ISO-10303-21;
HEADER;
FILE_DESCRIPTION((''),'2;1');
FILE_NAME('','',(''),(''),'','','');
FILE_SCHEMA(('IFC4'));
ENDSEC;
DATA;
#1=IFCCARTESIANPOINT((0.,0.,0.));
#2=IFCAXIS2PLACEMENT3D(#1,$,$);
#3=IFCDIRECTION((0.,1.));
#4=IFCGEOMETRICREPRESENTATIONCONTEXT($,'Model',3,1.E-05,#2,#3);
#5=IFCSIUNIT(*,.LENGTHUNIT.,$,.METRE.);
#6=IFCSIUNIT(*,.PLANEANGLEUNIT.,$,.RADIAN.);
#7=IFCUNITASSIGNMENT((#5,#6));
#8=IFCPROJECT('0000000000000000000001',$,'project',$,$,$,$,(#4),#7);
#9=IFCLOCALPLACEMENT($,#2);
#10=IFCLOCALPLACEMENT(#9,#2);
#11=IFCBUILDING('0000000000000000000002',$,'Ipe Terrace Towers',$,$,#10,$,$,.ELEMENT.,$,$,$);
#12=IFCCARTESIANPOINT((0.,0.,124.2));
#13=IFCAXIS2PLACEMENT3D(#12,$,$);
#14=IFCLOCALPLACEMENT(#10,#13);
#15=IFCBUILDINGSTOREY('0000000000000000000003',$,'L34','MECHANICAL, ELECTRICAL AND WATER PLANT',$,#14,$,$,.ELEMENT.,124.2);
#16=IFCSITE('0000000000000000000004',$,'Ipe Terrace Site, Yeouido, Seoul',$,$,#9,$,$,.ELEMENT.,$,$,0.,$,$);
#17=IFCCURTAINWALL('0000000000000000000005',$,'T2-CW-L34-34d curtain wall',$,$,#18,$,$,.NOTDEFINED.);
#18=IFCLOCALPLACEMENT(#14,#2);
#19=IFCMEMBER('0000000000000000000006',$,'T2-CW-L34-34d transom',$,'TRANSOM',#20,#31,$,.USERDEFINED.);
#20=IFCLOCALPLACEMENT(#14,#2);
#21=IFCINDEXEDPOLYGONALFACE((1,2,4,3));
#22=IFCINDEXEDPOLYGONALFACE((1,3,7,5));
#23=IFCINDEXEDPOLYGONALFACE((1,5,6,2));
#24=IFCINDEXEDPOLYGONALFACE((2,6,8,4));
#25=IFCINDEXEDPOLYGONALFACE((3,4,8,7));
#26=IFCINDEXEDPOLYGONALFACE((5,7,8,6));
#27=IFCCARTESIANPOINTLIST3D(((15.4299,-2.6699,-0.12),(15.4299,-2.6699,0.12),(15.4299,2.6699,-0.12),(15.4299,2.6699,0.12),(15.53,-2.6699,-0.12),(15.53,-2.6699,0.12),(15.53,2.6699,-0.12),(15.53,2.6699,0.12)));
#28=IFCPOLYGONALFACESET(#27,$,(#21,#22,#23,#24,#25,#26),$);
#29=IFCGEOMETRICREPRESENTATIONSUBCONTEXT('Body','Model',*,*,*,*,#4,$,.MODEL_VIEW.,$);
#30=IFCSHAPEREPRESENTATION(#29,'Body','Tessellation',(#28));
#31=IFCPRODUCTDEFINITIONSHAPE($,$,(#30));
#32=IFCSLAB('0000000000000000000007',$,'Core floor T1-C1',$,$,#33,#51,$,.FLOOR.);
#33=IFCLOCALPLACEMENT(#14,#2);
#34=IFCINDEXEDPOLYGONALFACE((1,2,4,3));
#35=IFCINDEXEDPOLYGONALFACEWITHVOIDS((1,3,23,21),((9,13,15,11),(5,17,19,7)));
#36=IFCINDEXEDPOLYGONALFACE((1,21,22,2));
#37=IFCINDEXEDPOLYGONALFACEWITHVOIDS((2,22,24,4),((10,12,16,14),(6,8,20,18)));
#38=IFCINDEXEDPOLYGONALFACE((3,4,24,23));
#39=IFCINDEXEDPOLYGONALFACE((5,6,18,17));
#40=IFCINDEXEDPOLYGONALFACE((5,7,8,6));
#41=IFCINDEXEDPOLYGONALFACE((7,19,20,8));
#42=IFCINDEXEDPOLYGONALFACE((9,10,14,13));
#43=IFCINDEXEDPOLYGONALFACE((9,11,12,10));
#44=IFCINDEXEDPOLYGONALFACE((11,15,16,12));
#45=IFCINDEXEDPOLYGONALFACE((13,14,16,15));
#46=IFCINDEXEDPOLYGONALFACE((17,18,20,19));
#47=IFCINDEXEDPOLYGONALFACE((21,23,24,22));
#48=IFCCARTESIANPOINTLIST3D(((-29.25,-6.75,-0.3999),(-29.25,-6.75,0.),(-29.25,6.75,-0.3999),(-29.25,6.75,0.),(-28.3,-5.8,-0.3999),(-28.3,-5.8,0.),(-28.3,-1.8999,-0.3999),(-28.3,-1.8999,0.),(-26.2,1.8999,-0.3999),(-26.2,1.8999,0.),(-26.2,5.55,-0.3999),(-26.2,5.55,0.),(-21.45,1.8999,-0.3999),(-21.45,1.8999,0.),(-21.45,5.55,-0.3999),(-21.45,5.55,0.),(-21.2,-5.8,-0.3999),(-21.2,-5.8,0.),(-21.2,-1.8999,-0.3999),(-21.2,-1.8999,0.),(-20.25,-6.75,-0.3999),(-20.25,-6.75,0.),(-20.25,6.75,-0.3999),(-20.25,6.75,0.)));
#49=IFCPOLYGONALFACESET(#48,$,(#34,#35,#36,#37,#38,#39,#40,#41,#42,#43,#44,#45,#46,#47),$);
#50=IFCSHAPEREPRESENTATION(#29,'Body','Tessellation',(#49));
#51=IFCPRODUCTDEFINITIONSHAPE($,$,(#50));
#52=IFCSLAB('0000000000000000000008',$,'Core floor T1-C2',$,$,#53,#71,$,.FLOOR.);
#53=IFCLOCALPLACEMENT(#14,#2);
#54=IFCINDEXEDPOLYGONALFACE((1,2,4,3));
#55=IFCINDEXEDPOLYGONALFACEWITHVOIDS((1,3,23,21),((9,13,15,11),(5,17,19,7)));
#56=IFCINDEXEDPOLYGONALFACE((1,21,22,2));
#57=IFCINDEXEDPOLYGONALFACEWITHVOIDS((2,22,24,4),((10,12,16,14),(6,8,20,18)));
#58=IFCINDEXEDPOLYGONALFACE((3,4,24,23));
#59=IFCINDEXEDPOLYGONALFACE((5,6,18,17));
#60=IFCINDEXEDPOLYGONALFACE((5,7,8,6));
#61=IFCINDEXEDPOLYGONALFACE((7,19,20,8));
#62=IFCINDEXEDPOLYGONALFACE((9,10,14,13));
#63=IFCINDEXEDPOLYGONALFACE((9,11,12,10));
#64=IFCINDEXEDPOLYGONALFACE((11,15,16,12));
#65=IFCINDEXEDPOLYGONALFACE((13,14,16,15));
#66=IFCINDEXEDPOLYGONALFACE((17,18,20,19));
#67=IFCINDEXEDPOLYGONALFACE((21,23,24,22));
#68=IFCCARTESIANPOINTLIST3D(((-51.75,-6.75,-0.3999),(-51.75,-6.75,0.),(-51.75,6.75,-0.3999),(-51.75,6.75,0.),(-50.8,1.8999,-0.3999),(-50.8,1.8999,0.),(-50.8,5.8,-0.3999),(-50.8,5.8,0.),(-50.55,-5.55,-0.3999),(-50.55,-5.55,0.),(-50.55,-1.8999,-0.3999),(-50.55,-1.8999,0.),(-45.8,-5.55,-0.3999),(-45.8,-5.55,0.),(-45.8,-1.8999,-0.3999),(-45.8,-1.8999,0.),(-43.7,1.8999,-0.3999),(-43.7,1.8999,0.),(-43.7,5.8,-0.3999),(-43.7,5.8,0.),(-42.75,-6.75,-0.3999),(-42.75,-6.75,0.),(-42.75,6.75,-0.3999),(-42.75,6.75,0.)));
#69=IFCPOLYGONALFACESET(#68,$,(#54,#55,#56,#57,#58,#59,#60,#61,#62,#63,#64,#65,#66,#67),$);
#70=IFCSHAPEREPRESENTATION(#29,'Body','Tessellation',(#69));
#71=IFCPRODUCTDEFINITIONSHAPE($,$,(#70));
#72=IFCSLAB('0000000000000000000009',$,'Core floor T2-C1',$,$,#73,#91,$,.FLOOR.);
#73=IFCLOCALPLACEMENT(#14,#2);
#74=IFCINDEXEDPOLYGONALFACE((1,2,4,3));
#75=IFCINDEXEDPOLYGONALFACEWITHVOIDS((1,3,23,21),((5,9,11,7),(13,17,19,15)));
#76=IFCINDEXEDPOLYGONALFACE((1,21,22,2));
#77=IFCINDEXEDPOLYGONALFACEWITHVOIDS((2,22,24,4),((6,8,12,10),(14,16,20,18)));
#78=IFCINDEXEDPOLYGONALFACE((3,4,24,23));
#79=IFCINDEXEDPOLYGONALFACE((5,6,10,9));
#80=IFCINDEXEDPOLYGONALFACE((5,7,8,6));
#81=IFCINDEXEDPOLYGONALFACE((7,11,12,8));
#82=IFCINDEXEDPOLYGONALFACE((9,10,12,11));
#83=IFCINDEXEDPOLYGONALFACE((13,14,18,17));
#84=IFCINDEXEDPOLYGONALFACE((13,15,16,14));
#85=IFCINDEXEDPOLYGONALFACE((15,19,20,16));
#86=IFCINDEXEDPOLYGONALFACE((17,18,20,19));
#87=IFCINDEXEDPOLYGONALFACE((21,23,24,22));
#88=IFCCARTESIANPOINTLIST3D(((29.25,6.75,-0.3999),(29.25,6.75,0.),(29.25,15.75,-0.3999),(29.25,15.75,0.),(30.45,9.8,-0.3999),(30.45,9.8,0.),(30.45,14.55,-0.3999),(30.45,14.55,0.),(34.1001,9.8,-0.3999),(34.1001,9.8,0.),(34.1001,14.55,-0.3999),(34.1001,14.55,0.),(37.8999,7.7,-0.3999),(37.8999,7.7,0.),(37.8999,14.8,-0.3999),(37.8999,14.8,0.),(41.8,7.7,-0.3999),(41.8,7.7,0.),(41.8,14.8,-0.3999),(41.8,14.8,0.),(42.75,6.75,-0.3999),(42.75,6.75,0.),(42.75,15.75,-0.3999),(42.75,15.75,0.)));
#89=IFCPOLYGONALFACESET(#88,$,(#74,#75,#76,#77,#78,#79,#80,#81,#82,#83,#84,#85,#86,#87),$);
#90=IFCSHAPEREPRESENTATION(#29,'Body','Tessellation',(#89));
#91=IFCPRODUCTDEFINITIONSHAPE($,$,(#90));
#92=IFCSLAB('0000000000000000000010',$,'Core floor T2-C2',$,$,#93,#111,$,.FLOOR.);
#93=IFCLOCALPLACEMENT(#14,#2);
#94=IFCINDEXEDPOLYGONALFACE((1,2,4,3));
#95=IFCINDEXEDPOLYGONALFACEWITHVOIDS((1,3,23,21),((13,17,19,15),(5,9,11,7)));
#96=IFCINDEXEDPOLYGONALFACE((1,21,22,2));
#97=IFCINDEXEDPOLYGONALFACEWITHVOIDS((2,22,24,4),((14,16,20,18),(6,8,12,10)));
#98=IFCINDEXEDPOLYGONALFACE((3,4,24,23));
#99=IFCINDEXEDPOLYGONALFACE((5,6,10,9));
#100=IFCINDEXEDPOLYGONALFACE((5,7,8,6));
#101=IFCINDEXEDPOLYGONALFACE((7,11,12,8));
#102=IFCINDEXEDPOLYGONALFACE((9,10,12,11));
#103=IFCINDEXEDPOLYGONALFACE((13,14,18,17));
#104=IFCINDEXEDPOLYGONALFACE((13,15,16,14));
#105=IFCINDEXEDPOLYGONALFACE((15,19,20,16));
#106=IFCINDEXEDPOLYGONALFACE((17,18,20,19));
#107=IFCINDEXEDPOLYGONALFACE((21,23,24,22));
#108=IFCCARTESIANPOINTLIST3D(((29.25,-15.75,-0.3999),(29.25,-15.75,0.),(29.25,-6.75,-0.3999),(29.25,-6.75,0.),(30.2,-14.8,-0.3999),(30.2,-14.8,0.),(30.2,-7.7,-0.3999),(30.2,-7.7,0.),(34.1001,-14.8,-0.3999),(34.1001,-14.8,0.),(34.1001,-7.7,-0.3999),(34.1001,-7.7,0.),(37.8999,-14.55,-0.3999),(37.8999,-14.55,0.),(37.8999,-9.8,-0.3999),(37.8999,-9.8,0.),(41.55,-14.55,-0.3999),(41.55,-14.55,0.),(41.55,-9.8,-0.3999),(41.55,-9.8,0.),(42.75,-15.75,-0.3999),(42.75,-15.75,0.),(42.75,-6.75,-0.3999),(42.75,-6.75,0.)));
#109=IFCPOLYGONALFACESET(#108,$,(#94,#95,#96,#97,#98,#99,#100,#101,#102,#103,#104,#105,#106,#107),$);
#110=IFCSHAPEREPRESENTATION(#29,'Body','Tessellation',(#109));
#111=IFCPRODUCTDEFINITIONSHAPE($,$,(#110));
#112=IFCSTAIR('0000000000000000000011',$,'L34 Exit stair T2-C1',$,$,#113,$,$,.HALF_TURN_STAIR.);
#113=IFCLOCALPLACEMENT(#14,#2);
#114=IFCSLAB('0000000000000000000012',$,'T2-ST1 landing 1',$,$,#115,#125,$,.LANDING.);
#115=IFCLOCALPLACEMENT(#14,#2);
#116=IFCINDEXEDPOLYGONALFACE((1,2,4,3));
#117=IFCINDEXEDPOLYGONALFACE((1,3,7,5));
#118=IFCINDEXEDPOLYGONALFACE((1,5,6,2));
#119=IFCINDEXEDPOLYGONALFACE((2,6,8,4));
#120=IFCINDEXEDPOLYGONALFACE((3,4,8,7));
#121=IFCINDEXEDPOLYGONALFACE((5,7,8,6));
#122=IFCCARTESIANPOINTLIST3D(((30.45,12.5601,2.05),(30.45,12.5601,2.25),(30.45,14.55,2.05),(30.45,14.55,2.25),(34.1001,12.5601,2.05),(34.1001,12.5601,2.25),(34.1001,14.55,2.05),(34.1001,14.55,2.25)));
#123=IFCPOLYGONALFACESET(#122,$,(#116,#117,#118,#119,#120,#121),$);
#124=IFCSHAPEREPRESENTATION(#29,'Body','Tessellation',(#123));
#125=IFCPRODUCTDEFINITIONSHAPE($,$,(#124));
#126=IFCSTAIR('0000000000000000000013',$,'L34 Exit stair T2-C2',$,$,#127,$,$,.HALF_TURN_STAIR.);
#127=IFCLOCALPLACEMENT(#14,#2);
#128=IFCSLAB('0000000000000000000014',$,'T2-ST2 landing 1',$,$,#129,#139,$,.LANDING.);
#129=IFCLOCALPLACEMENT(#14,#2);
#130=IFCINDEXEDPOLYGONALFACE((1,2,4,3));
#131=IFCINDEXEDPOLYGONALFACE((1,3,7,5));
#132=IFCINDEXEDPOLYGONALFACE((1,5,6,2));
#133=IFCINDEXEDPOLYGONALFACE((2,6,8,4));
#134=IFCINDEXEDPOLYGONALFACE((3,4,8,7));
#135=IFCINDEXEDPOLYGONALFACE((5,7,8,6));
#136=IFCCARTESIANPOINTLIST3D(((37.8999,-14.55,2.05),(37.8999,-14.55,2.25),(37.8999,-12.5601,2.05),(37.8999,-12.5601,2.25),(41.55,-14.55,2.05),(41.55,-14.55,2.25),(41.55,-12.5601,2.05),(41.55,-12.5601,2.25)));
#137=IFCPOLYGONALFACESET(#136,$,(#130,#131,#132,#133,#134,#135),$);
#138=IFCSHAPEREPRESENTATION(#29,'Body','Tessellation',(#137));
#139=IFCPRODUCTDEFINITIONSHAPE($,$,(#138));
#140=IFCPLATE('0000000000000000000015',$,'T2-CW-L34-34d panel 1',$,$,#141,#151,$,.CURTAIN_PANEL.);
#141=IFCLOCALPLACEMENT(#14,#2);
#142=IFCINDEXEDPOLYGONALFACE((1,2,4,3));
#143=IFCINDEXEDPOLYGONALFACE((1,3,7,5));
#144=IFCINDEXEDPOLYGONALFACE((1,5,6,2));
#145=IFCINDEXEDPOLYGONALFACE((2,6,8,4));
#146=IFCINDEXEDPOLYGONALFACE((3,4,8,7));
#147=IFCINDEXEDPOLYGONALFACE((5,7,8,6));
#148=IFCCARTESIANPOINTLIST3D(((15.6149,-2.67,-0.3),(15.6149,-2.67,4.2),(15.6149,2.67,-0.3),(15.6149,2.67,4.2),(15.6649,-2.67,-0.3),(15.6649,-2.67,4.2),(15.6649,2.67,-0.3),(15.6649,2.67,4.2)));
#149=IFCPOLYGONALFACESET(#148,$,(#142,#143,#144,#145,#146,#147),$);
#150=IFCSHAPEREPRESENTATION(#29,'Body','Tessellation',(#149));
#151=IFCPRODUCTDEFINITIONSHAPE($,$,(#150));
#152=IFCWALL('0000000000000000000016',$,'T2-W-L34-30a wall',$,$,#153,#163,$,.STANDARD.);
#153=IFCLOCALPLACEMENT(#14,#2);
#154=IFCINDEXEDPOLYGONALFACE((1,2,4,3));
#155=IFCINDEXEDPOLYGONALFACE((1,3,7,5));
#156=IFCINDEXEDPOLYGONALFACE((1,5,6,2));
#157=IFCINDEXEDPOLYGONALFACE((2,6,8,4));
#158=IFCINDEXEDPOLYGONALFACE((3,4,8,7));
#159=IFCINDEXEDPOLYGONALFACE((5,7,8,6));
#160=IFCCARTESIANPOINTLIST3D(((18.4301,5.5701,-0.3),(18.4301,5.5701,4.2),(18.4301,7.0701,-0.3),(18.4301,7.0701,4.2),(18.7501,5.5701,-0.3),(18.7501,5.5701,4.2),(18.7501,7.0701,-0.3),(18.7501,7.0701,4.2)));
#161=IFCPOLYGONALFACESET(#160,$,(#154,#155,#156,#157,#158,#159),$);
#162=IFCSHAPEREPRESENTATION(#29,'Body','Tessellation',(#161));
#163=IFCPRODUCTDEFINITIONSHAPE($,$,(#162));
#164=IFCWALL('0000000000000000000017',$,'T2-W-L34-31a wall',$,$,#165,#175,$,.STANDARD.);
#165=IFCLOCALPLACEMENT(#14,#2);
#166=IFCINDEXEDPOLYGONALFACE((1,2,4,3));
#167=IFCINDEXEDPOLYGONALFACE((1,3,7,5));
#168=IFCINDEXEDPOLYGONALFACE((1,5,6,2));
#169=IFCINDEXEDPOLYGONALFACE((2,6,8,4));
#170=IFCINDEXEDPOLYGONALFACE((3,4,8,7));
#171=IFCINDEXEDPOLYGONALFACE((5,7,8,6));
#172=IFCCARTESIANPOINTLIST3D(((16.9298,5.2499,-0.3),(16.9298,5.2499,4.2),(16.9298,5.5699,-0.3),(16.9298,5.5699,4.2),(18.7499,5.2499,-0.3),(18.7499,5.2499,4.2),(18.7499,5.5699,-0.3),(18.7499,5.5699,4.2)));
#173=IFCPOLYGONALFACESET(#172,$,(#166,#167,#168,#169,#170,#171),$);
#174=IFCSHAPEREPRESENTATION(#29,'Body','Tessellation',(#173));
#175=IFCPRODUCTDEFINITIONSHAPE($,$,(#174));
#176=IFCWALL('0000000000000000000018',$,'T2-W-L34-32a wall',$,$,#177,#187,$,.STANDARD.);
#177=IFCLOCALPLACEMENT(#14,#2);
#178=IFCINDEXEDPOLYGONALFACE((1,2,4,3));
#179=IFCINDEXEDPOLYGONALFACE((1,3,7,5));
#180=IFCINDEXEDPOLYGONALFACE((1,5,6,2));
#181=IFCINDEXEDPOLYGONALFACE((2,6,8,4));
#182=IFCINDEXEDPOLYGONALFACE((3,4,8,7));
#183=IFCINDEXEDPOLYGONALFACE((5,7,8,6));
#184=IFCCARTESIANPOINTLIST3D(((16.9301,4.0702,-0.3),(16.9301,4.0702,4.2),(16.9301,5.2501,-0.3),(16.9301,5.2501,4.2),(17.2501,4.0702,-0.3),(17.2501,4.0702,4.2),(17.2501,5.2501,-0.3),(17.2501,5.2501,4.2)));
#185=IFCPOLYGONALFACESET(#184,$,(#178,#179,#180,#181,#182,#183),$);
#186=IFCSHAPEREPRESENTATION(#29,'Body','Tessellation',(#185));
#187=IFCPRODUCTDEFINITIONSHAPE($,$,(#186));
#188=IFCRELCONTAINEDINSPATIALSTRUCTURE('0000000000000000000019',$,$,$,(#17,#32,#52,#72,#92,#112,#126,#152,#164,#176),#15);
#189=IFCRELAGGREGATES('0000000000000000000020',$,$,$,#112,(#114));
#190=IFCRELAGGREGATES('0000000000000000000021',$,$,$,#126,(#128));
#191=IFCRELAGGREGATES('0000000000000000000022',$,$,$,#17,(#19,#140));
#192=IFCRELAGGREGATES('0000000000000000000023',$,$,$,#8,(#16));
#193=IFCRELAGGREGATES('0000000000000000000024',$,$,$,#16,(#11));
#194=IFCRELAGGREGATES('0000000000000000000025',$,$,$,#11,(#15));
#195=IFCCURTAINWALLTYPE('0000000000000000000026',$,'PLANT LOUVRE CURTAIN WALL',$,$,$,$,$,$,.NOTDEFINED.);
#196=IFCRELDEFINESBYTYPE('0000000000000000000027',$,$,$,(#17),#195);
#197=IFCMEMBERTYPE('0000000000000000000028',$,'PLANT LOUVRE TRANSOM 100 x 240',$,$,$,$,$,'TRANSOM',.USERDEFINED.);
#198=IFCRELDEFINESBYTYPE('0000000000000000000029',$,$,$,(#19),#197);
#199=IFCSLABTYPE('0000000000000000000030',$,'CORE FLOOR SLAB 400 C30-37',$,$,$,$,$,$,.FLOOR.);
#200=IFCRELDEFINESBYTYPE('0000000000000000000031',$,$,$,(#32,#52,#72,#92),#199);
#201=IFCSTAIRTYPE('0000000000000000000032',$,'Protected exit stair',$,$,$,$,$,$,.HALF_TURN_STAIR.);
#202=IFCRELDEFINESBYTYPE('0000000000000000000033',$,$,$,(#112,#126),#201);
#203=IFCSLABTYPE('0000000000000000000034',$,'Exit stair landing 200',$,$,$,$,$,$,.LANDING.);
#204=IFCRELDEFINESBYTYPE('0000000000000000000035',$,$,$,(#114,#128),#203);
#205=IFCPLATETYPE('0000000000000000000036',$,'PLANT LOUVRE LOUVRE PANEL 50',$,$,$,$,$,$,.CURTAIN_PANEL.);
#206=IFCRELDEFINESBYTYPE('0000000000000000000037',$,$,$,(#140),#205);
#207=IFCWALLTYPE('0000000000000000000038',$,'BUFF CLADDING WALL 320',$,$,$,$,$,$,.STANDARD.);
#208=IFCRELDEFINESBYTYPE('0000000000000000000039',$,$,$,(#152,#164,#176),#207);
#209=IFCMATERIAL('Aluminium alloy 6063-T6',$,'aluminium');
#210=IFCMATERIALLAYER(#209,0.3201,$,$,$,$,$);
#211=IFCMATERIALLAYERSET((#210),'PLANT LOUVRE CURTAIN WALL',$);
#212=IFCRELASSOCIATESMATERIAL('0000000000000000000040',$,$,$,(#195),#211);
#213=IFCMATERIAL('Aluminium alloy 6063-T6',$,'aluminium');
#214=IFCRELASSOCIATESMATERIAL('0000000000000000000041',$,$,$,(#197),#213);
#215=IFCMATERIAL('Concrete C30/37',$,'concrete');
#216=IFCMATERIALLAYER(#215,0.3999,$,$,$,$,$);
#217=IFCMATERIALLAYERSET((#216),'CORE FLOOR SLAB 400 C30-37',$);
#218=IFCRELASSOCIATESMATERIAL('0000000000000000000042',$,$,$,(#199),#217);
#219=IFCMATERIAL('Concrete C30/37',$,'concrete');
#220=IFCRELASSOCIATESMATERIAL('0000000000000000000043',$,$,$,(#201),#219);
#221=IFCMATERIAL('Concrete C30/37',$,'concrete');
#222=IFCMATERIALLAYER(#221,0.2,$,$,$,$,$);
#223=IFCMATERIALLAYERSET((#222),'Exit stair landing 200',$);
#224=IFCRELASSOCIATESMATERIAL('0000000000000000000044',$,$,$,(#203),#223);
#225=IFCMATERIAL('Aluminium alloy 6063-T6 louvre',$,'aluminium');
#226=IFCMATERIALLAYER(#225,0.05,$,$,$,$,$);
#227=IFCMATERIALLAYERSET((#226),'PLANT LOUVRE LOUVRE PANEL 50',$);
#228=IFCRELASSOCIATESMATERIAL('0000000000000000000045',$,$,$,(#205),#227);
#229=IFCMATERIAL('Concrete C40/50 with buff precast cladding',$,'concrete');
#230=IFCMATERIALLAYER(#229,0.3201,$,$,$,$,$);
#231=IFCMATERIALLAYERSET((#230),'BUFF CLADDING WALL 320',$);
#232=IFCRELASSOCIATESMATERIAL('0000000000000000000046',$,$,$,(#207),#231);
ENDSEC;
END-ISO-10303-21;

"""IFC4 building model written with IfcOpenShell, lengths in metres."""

from ifc_helpers import new_model, si_unit, direction, frame, frame_2d, origin, origin_2d, place, context, subcontext, project, spatial, polyline, rectangle, outline, extrude, material, layer, layer_set, material_profile, profile_set, type_object, element, aggregate, save


model = new_model("IFC4")

# Units and contexts
model_context = context("Model", 3, precision=1e-05, world=origin(), true_north=direction((0.0, 1.0)))
body_context = subcontext(model_context, "Body", "Model", "MODEL_VIEW")
ifc_project = project(units=[si_unit("LENGTHUNIT", "METRE"), si_unit("PLANEANGLEUNIT", "RADIAN")], contexts=[model_context])

# Site, building, storey
site_placement = place(None, origin())
site = spatial("IfcSite", under=ifc_project, at=site_placement, Name="Ipe Terrace Site, Yeouido, Seoul", CompositionType="ELEMENT", RefElevation=0.0)
building_placement = place(site_placement, origin())
building = spatial("IfcBuilding", under=site, at=building_placement, Name="Ipe Terrace Towers", CompositionType="ELEMENT")
storey_placement = place(building_placement, frame((0.0, 0.0, 124.2)))
storey = spatial("IfcBuildingStorey", under=building, at=storey_placement, Name="L34", Description="MECHANICAL, ELECTRICAL AND WATER PLANT", CompositionType="ELEMENT", Elevation=124.2)

# Shared definitions
ifc_material_1 = material(Name="Aluminium alloy 6063-T6", Category="aluminium")
ifc_layer_1 = layer(ifc_material_1, 0.3201)
ifc_layer_set_1 = layer_set([ifc_layer_1], Name="PLANT LOUVRE CURTAIN WALL")
curtain_wall_type = type_object("IfcCurtainWallType", Name="PLANT LOUVRE CURTAIN WALL", PredefinedType="NOTDEFINED", material=ifc_layer_set_1)

# Curtain wall, member
curtain_wall_1_placement = place(storey_placement, origin())
curtain_wall_1 = element("IfcCurtainWall", 1, at=curtain_wall_1_placement, inside=storey, type_object=curtain_wall_type, Name="T2-CW-L34-34d curtain wall", PredefinedType="NOTDEFINED")
ifc_material_2 = material(Name="Aluminium alloy 6063-T6", Category="aluminium")
ifc_material_profile_1 = material_profile(ifc_material_2, rectangle(XDim=0.1001, YDim=0.24, at=origin_2d()), Name="PLANT LOUVRE TRANSOM 100 x 240")
ifc_profile_set_1 = profile_set([ifc_material_profile_1], Name="Aluminium alloy 6063-T6")
member_type_1 = type_object("IfcMemberType", Name="PLANT LOUVRE TRANSOM 100 x 240", ElementType="TRANSOM", PredefinedType="USERDEFINED", material=ifc_profile_set_1)
member_1_placement = place(storey_placement, frame((15.48, 2.6699, 0.0), z_axis=(0.0, -1.0, 0.0), x_axis=(-1.0, 0.0, 0.0)))
member_1 = element("IfcMember", 2, at=member_1_placement, type_object=member_type_1, Name="T2-CW-L34-34d transom", ObjectType="TRANSOM", PredefinedType="USERDEFINED", context=body_context, shape_type="SweptSolid", body=[
    extrude(rectangle(XDim=0.1001, YDim=0.24, at=origin_2d()), origin(), (0.0, 0.0, 1.0), 5.3398),
])

# Slabs
ifc_material_3 = material(Name="Concrete C30/37", Category="concrete")
ifc_layer_2 = layer(ifc_material_3, 0.3999)
ifc_layer_set_2 = layer_set([ifc_layer_2], Name="CORE FLOOR SLAB 400 C30-37")
slab_type_1 = type_object("IfcSlabType", Name="CORE FLOOR SLAB 400 C30-37", PredefinedType="FLOOR", material=ifc_layer_set_2)
slab_1_placement = place(storey_placement, frame((0.0, 0.0, -0.3999)))
element("IfcSlab", 3, at=slab_1_placement, inside=storey, type_object=slab_type_1, Name="Core floor T1-C1", PredefinedType="FLOOR", context=body_context, shape_type="SweptSolid", body=[
    extrude(outline(polyline([(-29.25, -6.75), (-29.25, 6.75), (-20.25, 6.75), (-20.25, -6.75), (-29.25, -6.75)]), holes=[polyline([(-28.3, -5.8), (-21.2, -5.8), (-21.2, -1.8999), (-28.3, -1.8999), (-28.3, -5.8)]), polyline([(-26.2, 5.55), (-26.2, 1.8999), (-21.45, 1.8999), (-21.45, 5.55), (-26.2, 5.55)])]), origin(), (0.0, 0.0, 1.0), 0.3999),
])
slab_2_placement = place(storey_placement, frame((0.0, 0.0, -0.3999)))
element("IfcSlab", 4, at=slab_2_placement, inside=storey, type_object=slab_type_1, Name="Core floor T1-C2", PredefinedType="FLOOR", context=body_context, shape_type="SweptSolid", body=[
    extrude(outline(polyline([(-51.75, -6.75), (-51.75, 6.75), (-42.75, 6.75), (-42.75, -6.75), (-51.75, -6.75)]), holes=[polyline([(-45.8, -5.55), (-45.8, -1.8999), (-50.55, -1.8999), (-50.55, -5.55), (-45.8, -5.55)]), polyline([(-50.8, 1.8999), (-43.7, 1.8999), (-43.7, 5.8), (-50.8, 5.8), (-50.8, 1.8999)])]), origin(), (0.0, 0.0, 1.0), 0.3999),
])
slab_3_placement = place(storey_placement, frame((0.0, 0.0, -0.3999)))
element("IfcSlab", 5, at=slab_3_placement, inside=storey, type_object=slab_type_1, Name="Core floor T2-C1", PredefinedType="FLOOR", context=body_context, shape_type="SweptSolid", body=[
    extrude(outline(polyline([(29.25, 6.75), (29.25, 15.75), (42.75, 15.75), (42.75, 6.75), (29.25, 6.75)]), holes=[polyline([(41.8, 7.7), (41.8, 14.8), (37.8999, 14.8), (37.8999, 7.7), (41.8, 7.7)]), polyline([(30.45, 9.8), (34.1001, 9.8), (34.1001, 14.55), (30.45, 14.55), (30.45, 9.8)])]), origin(), (0.0, 0.0, 1.0), 0.3999),
])
slab_4_placement = place(storey_placement, frame((0.0, 0.0, -0.3999)))
element("IfcSlab", 6, at=slab_4_placement, inside=storey, type_object=slab_type_1, Name="Core floor T2-C2", PredefinedType="FLOOR", context=body_context, shape_type="SweptSolid", body=[
    extrude(outline(polyline([(29.25, -15.75), (29.25, -6.75), (42.75, -6.75), (42.75, -15.75), (29.25, -15.75)]), holes=[polyline([(34.1001, -14.8), (34.1001, -7.7), (30.2, -7.7), (30.2, -14.8), (34.1001, -14.8)]), polyline([(41.55, -9.8), (37.8999, -9.8), (37.8999, -14.55), (41.55, -14.55), (41.55, -9.8)])]), origin(), (0.0, 0.0, 1.0), 0.3999),
])

# Stairs, slabs
ifc_material_4 = material(Name="Concrete C30/37", Category="concrete")
stair_type = type_object("IfcStairType", Name="Protected exit stair", PredefinedType="HALF_TURN_STAIR", material=ifc_material_4)
stair_1_placement = place(storey_placement, origin())
stair_1 = element("IfcStair", 7, at=stair_1_placement, inside=storey, type_object=stair_type, Name="L34 Exit stair T2-C1", PredefinedType="HALF_TURN_STAIR")
ifc_material_5 = material(Name="Concrete C30/37", Category="concrete")
ifc_layer_3 = layer(ifc_material_5, 0.2)
ifc_layer_set_3 = layer_set([ifc_layer_3], Name="Exit stair landing 200")
slab_type_2 = type_object("IfcSlabType", Name="Exit stair landing 200", PredefinedType="LANDING", material=ifc_layer_set_3)
slab_5_placement = place(storey_placement, frame((0.0, 0.0, 2.05)))
slab_5 = element("IfcSlab", 8, at=slab_5_placement, type_object=slab_type_2, Name="T2-ST1 landing 1", PredefinedType="LANDING", context=body_context, shape_type="SweptSolid", body=[
    extrude(outline(polyline([(34.1001, 12.5601), (34.1001, 14.55), (30.45, 14.55), (30.45, 12.5601), (34.1001, 12.5601)])), origin(), (0.0, 0.0, 1.0), 0.2),
])
aggregate(stair_1, [slab_5])
stair_2_placement = place(storey_placement, origin())
stair_2 = element("IfcStair", 9, at=stair_2_placement, inside=storey, type_object=stair_type, Name="L34 Exit stair T2-C2", PredefinedType="HALF_TURN_STAIR")
slab_6_placement = place(storey_placement, frame((0.0, 0.0, 2.05)))
slab_6 = element("IfcSlab", 10, at=slab_6_placement, type_object=slab_type_2, Name="T2-ST2 landing 1", PredefinedType="LANDING", context=body_context, shape_type="SweptSolid", body=[
    extrude(outline(polyline([(37.8999, -12.5601), (37.8999, -14.55), (41.55, -14.55), (41.55, -12.5601), (37.8999, -12.5601)])), origin(), (0.0, 0.0, 1.0), 0.2),
])
aggregate(stair_2, [slab_6])

# Plate
ifc_material_6 = material(Name="Aluminium alloy 6063-T6 louvre", Category="aluminium")
ifc_layer_4 = layer(ifc_material_6, 0.05)
ifc_layer_set_4 = layer_set([ifc_layer_4], Name="PLANT LOUVRE LOUVRE PANEL 50")
plate_type = type_object("IfcPlateType", Name="PLANT LOUVRE LOUVRE PANEL 50", PredefinedType="CURTAIN_PANEL", material=ifc_layer_set_4)
plate_placement = place(storey_placement, frame((15.6399, 0.0, -0.3), z_axis=(0.0, 0.0, 1.0), x_axis=(0.0, -1.0, 0.0)))
plate = element("IfcPlate", 11, at=plate_placement, type_object=plate_type, Name="T2-CW-L34-34d panel 1", PredefinedType="CURTAIN_PANEL", context=body_context, shape_type="SweptSolid", body=[
    extrude(rectangle(XDim=5.3401, YDim=0.05, at=origin_2d()), origin(), (0.0, 0.0, 1.0), 4.5),
])
aggregate(curtain_wall_1, [member_1, plate])

# Walls
ifc_material_7 = material(Name="Concrete C40/50 with buff precast cladding", Category="concrete")
ifc_layer_5 = layer(ifc_material_7, 0.3201)
ifc_layer_set_5 = layer_set([ifc_layer_5], Name="BUFF CLADDING WALL 320")
wall_type_1 = type_object("IfcWallType", Name="BUFF CLADDING WALL 320", PredefinedType="STANDARD", material=ifc_layer_set_5)
wall_1_placement = place(storey_placement, frame((18.5901, 7.0701, -0.3), z_axis=(0.0, 0.0, 1.0), x_axis=(0.0, -1.0, 0.0)))
element("IfcWall", 12, at=wall_1_placement, inside=storey, type_object=wall_type_1, Name="T2-W-L34-30a wall", PredefinedType="STANDARD", context=body_context, shape_type="SweptSolid", body=[
    extrude(rectangle(XDim=1.5, YDim=0.3201, at=frame_2d((0.75, 0.0))), origin(), (0.0, 0.0, 1.0), 4.5),
])
wall_2_placement = place(storey_placement, frame((18.75, 5.4099, -0.3), z_axis=(0.0, 0.0, 1.0), x_axis=(-1.0, 0.0, 0.0)))
element("IfcWall", 13, at=wall_2_placement, inside=storey, type_object=wall_type_1, Name="T2-W-L34-31a wall", PredefinedType="STANDARD", context=body_context, shape_type="SweptSolid", body=[
    extrude(rectangle(XDim=1.8201, YDim=0.3201, at=frame_2d((0.9102, 0.0))), origin(), (0.0, 0.0, 1.0), 4.5),
])
wall_3_placement = place(storey_placement, frame((17.0901, 5.25, -0.3), z_axis=(0.0, 0.0, 1.0), x_axis=(0.0, -1.0, 0.0)))
element("IfcWall", 14, at=wall_3_placement, inside=storey, type_object=wall_type_1, Name="T2-W-L34-32a wall", PredefinedType="STANDARD", context=body_context, shape_type="SweptSolid", body=[
    extrude(rectangle(XDim=1.1799, YDim=0.3201, at=frame_2d((0.5898, 0.0))), origin(), (0.0, 0.0, 1.0), 4.5),
])

save(model, "model.ifc")
